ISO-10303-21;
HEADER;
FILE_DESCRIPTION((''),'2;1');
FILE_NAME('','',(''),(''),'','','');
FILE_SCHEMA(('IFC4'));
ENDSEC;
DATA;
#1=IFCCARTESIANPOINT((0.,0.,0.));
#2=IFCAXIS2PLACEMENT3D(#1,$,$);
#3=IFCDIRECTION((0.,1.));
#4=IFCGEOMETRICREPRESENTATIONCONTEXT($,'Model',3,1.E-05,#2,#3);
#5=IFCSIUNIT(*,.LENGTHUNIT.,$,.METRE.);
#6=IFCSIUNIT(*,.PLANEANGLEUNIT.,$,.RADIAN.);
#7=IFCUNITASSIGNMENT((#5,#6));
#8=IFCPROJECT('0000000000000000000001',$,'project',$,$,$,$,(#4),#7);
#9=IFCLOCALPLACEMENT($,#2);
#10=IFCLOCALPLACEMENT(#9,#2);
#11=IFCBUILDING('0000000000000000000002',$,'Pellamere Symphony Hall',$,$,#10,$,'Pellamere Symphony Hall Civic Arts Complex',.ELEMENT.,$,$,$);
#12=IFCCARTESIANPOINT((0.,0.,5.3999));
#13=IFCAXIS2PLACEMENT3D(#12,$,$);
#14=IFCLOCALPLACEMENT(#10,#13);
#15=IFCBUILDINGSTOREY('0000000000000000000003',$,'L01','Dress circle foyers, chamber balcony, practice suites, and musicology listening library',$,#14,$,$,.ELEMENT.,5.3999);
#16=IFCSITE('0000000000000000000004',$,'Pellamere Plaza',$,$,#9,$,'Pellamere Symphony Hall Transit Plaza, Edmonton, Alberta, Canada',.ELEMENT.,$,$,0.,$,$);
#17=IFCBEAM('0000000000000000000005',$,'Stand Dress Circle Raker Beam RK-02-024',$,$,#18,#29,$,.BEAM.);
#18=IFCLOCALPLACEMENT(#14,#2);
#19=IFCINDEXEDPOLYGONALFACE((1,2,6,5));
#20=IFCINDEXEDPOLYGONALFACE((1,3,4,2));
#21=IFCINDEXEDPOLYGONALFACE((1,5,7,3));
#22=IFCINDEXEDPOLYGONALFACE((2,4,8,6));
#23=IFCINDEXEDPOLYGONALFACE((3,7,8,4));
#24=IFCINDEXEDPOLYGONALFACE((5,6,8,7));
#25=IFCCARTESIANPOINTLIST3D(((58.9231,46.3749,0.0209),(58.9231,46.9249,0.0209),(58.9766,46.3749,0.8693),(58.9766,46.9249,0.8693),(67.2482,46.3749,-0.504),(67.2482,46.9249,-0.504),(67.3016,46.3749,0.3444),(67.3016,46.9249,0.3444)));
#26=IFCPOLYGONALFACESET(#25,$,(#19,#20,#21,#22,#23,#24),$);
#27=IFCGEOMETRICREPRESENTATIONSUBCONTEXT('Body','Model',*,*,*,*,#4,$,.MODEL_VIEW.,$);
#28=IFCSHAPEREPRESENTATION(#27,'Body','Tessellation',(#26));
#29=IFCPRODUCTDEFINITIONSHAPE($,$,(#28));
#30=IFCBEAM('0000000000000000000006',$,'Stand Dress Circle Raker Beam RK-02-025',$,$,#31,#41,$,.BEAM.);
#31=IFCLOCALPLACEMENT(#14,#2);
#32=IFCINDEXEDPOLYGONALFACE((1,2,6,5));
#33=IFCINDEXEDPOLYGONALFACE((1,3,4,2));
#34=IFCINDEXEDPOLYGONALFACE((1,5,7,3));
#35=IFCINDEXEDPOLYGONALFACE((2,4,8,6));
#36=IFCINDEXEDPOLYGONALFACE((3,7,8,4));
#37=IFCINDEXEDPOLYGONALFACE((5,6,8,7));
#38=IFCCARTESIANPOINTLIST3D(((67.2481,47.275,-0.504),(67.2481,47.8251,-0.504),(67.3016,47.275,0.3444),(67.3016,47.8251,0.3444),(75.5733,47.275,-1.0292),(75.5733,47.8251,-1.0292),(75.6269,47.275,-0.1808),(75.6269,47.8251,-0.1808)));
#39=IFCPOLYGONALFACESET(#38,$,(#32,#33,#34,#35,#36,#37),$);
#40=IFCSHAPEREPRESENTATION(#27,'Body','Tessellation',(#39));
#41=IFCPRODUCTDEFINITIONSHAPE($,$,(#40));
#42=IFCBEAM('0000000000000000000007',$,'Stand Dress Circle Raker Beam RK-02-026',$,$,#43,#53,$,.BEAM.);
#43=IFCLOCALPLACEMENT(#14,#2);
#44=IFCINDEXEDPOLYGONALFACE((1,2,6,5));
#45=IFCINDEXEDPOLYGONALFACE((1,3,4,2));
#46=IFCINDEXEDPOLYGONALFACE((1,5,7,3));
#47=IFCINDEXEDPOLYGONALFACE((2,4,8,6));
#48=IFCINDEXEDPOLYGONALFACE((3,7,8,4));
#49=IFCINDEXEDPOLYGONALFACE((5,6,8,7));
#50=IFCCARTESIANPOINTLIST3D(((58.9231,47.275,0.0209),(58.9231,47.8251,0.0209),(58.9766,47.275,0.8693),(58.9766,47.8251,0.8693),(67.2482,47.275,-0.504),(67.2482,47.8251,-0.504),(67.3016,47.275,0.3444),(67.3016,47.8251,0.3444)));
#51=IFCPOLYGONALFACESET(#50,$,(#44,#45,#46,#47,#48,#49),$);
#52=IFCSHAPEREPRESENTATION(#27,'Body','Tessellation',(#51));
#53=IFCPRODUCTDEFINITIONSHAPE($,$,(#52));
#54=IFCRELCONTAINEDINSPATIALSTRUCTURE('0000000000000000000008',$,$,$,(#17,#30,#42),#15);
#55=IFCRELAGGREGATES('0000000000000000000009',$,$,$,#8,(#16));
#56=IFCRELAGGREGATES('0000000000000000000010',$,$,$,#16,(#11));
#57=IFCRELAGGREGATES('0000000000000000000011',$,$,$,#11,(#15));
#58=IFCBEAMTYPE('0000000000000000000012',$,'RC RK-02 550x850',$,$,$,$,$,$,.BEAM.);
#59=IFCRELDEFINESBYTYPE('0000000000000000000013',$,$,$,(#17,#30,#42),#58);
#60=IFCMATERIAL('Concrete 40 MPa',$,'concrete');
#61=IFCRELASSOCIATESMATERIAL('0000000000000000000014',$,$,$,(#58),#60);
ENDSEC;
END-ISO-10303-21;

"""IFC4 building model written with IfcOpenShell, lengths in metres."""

from ifc_helpers import new_model, si_unit, direction, frame, origin, origin_2d, place, context, subcontext, project, spatial, rectangle, extrude, material, material_profile, profile_set, type_object, element, save


model = new_model("IFC4")

# Units and contexts
model_context = context("Model", 3, precision=1e-05, world=origin(), true_north=direction((0.0, 1.0)))
body_context = subcontext(model_context, "Body", "Model", "MODEL_VIEW")
ifc_project = project(units=[si_unit("LENGTHUNIT", "METRE"), si_unit("PLANEANGLEUNIT", "RADIAN")], contexts=[model_context])

# Site, building, storey
site_placement = place(None, origin())
site = spatial("IfcSite", under=ifc_project, at=site_placement, Name="Pellamere Plaza", LongName="Pellamere Symphony Hall Transit Plaza, Edmonton, Alberta, Canada", CompositionType="ELEMENT", RefElevation=0.0)
building_placement = place(site_placement, origin())
building = spatial("IfcBuilding", under=site, at=building_placement, Name="Pellamere Symphony Hall", LongName="Pellamere Symphony Hall Civic Arts Complex", CompositionType="ELEMENT")
storey_placement = place(building_placement, frame((0.0, 0.0, 5.3999)))
storey = spatial("IfcBuildingStorey", under=building, at=storey_placement, Name="L01", Description="Dress circle foyers, chamber balcony, practice suites, and musicology listening library", CompositionType="ELEMENT", Elevation=5.3999)

# Shared definitions
ifc_material_1 = material(Name="Concrete 40 MPa", Category="concrete")

# Beams
ifc_material_profile_1 = material_profile(ifc_material_1, rectangle(XDim=0.55, YDim=0.8501, at=origin_2d()), Name="RC 550x850")
ifc_profile_set_1 = profile_set([ifc_material_profile_1], Name="Concrete 40 MPa")
beam_type_1 = type_object("IfcBeamType", Name="RC RK-02 550x850", PredefinedType="BEAM", material=ifc_profile_set_1)
beam_1_placement = place(storey_placement, frame((67.2749, 46.6499, -0.0798), z_axis=(-0.998018, 0.0, 0.062927), x_axis=(0.0, -1.0, 0.0)))
element("IfcBeam", 1, at=beam_1_placement, inside=storey, type_object=beam_type_1, Name="Stand Dress Circle Raker Beam RK-02-024", PredefinedType="BEAM", context=body_context, shape_type="SweptSolid", body=[
    extrude(rectangle(XDim=0.55, YDim=0.8501, at=origin_2d()), origin(), (0.0, 0.0, 1.0), 8.3416),
])
beam_2_placement = place(storey_placement, frame((75.6001, 47.55, -0.605), z_axis=(-0.998016, 0.0, 0.062954), x_axis=(0.0, -1.0, 0.0)))
element("IfcBeam", 2, at=beam_2_placement, inside=storey, type_object=beam_type_1, Name="Stand Dress Circle Raker Beam RK-02-025", PredefinedType="BEAM", context=body_context, shape_type="SweptSolid", body=[
    extrude(rectangle(XDim=0.55, YDim=0.8501, at=origin_2d()), origin(), (0.0, 0.0, 1.0), 8.3418),
])
beam_3_placement = place(storey_placement, frame((67.2749, 47.55, -0.0798), z_axis=(-0.998018, 0.0, 0.062927), x_axis=(0.0, -1.0, 0.0)))
element("IfcBeam", 3, at=beam_3_placement, inside=storey, type_object=beam_type_1, Name="Stand Dress Circle Raker Beam RK-02-026", PredefinedType="BEAM", context=body_context, shape_type="SweptSolid", body=[
    extrude(rectangle(XDim=0.55, YDim=0.8501, at=origin_2d()), origin(), (0.0, 0.0, 1.0), 8.3416),
])

save(model, "model.ifc")
